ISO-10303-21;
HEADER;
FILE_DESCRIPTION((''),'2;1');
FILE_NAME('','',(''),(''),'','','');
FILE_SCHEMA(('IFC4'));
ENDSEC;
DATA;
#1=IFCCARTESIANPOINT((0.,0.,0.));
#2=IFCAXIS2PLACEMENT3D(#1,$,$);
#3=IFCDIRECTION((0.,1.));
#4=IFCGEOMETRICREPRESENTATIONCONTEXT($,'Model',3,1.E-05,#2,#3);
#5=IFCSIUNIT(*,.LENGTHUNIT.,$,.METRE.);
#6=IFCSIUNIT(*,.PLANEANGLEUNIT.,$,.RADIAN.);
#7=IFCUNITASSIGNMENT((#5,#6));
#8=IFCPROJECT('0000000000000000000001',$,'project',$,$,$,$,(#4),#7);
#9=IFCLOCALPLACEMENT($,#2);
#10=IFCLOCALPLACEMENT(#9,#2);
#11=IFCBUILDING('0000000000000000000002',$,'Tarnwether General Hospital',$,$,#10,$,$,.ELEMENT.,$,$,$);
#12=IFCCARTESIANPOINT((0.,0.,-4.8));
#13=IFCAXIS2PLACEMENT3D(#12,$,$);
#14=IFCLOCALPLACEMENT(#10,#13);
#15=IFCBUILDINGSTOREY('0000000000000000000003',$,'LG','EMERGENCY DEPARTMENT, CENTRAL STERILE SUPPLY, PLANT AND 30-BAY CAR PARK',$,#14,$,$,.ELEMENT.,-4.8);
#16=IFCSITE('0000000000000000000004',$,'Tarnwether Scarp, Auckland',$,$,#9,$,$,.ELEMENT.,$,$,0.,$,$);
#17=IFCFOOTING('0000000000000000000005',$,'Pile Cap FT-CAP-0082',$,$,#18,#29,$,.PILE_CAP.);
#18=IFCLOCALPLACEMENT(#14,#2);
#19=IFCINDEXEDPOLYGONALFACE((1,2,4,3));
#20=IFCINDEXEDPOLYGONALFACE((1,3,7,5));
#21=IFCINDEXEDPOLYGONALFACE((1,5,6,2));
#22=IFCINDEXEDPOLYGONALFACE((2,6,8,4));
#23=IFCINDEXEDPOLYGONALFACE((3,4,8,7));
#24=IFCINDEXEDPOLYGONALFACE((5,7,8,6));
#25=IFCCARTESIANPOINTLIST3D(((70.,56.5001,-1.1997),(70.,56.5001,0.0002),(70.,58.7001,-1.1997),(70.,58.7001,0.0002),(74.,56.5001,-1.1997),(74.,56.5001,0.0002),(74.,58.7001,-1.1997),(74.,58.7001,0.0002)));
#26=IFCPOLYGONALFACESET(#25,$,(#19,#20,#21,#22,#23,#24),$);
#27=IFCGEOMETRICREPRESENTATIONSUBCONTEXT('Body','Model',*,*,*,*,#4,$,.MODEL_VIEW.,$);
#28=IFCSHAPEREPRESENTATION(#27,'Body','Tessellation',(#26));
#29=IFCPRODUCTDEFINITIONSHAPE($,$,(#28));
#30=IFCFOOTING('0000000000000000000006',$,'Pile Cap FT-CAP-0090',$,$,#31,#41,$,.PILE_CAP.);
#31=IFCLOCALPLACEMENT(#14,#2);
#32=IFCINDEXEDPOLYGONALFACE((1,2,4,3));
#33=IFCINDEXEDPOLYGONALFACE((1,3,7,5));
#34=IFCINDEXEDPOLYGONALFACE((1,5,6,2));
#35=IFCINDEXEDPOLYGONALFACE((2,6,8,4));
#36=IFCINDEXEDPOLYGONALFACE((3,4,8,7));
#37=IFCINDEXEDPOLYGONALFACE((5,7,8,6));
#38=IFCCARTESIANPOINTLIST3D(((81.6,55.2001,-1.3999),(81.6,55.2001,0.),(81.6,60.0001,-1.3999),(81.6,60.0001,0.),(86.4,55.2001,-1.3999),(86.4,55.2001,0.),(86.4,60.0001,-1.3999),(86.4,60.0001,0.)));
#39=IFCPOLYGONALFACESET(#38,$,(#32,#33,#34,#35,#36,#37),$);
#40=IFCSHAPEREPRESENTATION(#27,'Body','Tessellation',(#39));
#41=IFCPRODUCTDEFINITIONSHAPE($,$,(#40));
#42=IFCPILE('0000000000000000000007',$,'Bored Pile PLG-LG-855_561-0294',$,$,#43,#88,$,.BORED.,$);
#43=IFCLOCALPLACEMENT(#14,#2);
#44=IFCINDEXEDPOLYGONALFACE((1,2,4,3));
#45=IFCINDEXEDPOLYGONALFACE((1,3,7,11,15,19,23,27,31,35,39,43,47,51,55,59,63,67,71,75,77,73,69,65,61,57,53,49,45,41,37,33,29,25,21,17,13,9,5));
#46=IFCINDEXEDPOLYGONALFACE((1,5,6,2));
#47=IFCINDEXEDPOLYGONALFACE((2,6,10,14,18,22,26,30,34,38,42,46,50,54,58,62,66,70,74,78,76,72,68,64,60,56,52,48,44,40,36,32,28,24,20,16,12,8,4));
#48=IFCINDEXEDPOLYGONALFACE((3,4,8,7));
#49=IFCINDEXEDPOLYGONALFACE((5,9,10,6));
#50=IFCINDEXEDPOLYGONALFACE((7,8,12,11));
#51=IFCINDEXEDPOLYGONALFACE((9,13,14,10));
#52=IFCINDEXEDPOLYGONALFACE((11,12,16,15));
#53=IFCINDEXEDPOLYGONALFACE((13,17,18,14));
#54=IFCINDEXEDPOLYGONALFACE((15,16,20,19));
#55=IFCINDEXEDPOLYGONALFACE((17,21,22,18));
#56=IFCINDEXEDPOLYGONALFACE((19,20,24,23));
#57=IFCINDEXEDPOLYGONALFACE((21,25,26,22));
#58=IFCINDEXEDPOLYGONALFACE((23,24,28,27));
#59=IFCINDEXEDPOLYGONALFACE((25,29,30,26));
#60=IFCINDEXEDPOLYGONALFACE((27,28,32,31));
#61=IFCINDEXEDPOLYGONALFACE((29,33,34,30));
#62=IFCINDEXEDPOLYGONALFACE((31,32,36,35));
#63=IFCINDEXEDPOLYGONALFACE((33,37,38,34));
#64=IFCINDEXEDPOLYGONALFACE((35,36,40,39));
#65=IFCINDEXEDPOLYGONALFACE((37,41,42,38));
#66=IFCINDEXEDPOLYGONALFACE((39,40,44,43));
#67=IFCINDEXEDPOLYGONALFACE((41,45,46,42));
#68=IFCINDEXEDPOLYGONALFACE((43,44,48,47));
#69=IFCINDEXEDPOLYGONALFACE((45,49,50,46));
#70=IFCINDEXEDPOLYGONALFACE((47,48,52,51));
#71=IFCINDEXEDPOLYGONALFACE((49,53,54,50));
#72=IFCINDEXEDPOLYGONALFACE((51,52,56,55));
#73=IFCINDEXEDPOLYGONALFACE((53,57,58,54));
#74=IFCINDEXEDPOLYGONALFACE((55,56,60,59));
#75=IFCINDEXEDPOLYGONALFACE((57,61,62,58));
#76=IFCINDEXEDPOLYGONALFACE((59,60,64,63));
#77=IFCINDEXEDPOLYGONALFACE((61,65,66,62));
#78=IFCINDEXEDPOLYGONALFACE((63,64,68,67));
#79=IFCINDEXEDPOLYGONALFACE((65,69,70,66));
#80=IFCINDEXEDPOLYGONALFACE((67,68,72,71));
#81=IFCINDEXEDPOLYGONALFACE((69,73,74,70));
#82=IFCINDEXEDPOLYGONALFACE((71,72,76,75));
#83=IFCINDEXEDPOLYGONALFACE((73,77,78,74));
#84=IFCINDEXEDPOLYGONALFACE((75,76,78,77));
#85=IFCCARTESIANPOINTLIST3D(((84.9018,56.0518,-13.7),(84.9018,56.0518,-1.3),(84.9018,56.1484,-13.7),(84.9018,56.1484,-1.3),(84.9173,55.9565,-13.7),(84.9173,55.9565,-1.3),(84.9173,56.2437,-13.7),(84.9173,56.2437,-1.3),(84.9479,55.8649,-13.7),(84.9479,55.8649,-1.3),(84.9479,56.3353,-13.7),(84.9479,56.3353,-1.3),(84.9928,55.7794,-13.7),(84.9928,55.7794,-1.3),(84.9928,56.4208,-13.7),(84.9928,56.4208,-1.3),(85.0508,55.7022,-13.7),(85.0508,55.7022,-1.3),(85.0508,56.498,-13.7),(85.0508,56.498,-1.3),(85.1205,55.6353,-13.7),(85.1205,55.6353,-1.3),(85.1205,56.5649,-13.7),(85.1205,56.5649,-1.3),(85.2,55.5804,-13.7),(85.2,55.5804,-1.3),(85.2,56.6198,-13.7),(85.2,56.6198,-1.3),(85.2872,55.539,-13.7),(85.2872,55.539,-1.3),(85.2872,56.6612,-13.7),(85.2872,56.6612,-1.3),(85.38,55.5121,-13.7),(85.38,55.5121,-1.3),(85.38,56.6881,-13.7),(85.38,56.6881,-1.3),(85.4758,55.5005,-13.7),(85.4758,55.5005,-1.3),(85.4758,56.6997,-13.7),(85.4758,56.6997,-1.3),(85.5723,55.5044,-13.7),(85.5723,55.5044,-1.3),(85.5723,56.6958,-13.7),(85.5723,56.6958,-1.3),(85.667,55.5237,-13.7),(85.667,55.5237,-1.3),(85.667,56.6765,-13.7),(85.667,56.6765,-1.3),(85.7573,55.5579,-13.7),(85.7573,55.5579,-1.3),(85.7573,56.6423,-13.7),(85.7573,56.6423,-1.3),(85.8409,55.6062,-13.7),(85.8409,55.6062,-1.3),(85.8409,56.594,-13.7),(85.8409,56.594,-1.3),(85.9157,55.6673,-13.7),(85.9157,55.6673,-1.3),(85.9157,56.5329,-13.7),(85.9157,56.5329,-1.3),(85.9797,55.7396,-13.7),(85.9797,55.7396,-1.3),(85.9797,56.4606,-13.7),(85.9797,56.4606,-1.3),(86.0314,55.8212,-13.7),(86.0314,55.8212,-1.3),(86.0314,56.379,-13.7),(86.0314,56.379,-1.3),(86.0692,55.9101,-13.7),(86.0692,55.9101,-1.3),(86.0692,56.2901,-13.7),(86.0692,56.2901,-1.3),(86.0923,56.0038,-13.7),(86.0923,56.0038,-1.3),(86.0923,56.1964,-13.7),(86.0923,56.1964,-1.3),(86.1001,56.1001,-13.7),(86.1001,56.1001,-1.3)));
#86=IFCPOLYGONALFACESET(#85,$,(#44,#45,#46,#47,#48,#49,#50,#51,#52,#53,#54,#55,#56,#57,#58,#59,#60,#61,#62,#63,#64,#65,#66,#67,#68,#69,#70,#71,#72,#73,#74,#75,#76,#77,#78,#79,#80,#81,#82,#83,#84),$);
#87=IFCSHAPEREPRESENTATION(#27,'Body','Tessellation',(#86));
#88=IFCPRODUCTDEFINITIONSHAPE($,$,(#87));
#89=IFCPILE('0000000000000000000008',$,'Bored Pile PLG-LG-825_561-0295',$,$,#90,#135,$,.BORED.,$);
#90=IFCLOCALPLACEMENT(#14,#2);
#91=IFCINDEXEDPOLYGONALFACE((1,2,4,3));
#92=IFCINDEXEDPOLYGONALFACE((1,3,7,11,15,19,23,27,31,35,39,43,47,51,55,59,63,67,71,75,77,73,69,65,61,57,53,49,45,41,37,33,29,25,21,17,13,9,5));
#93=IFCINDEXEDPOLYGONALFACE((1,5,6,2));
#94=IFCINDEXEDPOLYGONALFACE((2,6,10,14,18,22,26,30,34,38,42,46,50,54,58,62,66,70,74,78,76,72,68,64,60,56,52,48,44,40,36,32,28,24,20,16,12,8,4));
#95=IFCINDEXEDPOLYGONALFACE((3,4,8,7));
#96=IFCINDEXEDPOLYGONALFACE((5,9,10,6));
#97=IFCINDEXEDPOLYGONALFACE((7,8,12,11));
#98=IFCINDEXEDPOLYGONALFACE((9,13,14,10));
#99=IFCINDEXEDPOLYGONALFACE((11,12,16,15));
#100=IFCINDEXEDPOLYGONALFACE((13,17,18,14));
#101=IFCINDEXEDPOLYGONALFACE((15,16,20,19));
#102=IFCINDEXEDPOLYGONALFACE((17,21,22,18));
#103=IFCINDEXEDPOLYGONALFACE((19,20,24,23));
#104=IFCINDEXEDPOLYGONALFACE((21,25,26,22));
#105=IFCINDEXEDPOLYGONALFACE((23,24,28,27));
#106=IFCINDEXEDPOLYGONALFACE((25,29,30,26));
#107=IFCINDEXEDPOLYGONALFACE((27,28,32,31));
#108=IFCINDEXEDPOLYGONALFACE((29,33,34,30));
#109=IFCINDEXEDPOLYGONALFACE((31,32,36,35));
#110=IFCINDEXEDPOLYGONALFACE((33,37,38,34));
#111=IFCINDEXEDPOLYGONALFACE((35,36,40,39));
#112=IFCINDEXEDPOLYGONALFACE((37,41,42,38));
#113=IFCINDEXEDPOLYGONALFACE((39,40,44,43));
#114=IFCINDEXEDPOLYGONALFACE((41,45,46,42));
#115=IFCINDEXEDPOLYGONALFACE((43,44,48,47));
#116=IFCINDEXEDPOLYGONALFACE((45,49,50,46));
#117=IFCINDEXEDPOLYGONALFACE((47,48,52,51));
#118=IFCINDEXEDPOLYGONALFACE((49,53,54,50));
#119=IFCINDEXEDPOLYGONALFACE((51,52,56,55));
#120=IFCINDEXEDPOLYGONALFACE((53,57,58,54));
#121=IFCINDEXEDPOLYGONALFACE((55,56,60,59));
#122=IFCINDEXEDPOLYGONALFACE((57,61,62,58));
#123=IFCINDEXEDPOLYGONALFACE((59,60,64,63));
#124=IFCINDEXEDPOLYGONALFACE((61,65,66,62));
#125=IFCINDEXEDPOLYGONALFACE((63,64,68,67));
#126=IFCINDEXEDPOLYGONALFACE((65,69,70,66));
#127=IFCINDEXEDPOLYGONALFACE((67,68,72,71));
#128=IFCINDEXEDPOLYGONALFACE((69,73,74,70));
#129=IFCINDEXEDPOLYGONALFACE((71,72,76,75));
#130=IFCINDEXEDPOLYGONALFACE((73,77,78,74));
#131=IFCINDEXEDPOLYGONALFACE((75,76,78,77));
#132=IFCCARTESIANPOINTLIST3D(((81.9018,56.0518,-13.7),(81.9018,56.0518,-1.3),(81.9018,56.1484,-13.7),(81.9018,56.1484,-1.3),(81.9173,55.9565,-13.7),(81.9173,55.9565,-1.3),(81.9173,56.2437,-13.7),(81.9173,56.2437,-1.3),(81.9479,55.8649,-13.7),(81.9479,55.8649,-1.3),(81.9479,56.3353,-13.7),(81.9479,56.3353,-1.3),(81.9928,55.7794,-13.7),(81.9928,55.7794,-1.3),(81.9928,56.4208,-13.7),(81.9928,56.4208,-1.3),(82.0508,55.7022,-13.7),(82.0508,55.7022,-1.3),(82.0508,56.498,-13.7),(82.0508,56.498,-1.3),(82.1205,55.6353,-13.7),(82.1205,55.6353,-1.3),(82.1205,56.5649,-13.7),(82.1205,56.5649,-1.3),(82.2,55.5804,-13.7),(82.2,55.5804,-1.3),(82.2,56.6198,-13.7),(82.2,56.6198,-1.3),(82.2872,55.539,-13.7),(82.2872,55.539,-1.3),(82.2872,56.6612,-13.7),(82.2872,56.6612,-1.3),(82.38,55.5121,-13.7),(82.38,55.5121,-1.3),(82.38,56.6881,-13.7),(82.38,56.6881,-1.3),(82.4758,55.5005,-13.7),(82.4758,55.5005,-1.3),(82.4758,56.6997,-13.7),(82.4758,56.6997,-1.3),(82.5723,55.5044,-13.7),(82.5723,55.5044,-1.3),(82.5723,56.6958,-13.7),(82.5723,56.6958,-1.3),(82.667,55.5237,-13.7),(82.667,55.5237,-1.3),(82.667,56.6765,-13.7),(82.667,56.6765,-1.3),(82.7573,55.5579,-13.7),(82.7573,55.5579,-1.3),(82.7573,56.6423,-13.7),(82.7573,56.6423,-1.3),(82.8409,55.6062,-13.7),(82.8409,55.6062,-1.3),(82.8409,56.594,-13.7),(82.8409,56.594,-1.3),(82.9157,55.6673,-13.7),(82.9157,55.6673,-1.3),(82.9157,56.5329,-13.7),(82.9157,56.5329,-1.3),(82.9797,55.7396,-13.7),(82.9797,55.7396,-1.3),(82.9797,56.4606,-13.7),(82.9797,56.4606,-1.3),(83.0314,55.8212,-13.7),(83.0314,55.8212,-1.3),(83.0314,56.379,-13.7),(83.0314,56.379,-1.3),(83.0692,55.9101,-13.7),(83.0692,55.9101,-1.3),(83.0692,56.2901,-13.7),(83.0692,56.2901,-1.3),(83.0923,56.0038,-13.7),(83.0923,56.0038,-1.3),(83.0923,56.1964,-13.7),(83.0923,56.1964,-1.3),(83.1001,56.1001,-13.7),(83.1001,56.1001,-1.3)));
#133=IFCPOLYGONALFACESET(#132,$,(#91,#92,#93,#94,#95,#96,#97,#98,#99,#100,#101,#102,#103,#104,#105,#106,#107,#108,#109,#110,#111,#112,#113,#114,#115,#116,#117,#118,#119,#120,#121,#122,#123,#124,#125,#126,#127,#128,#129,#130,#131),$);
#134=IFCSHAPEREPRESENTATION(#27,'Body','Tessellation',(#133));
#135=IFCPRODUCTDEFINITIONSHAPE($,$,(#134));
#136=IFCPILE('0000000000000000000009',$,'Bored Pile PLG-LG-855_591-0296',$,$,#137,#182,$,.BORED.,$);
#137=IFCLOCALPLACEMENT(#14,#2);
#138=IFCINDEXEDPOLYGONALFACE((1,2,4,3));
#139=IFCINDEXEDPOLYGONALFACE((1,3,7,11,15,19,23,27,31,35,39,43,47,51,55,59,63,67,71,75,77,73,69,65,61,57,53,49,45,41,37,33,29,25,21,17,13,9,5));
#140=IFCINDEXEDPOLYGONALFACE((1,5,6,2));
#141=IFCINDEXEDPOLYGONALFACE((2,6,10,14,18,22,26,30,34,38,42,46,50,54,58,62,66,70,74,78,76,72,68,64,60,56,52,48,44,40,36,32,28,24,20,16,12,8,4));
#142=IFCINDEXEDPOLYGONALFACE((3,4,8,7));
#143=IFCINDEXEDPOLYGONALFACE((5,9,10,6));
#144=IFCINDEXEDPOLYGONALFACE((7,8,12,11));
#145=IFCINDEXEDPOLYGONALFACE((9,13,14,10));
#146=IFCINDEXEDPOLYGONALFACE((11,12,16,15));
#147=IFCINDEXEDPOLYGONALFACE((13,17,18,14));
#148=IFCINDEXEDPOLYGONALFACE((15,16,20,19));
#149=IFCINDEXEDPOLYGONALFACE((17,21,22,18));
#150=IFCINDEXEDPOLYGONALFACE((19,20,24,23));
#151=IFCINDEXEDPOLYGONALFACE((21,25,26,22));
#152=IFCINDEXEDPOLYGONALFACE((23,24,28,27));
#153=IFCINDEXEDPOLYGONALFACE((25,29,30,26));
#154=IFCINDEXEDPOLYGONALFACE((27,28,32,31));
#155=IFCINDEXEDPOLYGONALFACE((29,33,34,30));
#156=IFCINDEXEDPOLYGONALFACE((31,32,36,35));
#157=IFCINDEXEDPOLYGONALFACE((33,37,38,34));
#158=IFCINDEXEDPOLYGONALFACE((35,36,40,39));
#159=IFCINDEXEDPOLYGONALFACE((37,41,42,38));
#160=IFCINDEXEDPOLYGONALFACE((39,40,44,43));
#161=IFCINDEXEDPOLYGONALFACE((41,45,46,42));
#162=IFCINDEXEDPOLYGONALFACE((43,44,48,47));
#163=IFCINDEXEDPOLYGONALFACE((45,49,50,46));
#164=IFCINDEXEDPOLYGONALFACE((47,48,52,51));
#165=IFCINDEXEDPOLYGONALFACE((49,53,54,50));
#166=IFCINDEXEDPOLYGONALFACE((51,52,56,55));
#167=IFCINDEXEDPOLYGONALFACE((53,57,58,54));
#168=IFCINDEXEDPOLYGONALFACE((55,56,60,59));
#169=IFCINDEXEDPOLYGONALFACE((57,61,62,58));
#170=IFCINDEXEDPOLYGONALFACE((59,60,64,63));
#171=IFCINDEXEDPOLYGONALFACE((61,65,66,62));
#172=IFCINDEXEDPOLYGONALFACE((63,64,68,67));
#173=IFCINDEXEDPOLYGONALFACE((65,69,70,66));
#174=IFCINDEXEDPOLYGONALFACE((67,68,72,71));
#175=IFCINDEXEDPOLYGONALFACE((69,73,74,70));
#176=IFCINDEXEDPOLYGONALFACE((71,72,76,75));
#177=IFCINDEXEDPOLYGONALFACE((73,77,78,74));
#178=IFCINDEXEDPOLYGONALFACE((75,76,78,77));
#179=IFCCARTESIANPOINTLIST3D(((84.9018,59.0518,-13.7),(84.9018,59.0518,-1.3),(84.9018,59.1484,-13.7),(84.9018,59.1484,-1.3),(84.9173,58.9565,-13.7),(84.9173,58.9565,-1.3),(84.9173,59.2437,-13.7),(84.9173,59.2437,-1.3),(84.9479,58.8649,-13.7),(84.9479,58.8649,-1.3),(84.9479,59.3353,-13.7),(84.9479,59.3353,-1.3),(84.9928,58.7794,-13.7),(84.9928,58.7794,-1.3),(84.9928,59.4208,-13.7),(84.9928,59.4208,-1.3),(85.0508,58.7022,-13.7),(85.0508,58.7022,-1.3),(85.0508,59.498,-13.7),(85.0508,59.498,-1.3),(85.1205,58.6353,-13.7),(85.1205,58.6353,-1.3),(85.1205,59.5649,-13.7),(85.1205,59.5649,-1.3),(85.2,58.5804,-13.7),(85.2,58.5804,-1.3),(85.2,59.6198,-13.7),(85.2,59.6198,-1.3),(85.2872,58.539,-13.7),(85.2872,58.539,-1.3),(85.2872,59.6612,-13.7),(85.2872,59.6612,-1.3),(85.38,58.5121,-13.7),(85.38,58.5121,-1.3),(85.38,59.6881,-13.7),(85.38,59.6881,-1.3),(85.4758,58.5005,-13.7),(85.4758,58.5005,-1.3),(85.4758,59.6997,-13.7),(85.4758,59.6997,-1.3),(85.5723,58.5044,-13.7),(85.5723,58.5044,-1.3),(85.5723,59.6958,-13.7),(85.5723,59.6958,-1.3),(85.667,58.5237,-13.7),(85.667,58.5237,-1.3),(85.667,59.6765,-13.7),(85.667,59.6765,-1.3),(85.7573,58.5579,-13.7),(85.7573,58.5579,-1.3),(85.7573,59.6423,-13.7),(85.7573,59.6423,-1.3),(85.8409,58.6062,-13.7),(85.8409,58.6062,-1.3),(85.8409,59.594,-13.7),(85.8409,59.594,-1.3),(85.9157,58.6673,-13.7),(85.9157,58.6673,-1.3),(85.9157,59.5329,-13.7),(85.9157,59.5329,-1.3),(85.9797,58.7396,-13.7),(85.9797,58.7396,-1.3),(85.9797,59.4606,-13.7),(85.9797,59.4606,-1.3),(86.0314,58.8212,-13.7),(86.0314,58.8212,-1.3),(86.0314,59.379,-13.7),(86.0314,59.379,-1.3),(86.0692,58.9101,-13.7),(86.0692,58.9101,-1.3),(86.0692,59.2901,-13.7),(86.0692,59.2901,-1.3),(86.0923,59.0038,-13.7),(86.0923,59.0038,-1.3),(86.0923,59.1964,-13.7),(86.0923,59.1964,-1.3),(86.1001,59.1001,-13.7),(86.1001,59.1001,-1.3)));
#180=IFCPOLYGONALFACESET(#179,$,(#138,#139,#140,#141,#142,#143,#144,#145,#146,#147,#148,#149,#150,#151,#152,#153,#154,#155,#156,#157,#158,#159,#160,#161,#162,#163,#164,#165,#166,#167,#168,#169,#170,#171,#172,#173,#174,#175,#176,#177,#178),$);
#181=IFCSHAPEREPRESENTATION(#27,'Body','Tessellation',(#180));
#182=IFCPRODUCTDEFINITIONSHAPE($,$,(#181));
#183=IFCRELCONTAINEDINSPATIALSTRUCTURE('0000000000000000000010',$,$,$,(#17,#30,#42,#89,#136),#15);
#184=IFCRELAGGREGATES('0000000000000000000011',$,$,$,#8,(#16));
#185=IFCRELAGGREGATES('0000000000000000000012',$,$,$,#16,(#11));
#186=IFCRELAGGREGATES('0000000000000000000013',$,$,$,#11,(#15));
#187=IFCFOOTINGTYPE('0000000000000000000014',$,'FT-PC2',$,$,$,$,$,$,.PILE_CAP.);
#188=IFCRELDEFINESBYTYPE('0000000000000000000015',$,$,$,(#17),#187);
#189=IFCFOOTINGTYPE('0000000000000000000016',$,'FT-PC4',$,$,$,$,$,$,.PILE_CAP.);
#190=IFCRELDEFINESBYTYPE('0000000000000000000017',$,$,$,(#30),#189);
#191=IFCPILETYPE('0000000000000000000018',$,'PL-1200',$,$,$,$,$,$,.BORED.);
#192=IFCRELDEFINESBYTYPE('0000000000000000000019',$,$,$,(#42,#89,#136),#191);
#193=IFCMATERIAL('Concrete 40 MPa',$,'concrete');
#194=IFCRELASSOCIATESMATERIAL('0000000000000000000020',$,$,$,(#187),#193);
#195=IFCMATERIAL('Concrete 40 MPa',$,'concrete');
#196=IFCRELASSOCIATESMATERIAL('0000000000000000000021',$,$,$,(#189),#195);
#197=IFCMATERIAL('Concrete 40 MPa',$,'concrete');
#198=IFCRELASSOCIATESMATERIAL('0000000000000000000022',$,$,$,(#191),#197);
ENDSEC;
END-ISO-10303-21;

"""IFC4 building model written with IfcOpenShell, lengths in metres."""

from ifc_helpers import new_model, si_unit, direction, frame, origin, origin_2d, place, context, subcontext, project, spatial, rectangle, circle, extrude, material, material_profile, profile_set, type_object, element, save


model = new_model("IFC4")

# Units and contexts
model_context = context("Model", 3, precision=1e-05, world=origin(), true_north=direction((0.0, 1.0)))
body_context = subcontext(model_context, "Body", "Model", "MODEL_VIEW")
ifc_project = project(units=[si_unit("LENGTHUNIT", "METRE"), si_unit("PLANEANGLEUNIT", "RADIAN")], contexts=[model_context])

# Site, building, storey
site_placement = place(None, origin())
site = spatial("IfcSite", under=ifc_project, at=site_placement, Name="Tarnwether Scarp, Auckland", CompositionType="ELEMENT", RefElevation=0.0)
building_placement = place(site_placement, origin())
building = spatial("IfcBuilding", under=site, at=building_placement, Name="Tarnwether General Hospital", CompositionType="ELEMENT")
storey_placement = place(building_placement, frame((0.0, 0.0, -4.8)))
storey = spatial("IfcBuildingStorey", under=building, at=storey_placement, Name="LG", Description="EMERGENCY DEPARTMENT, CENTRAL STERILE SUPPLY, PLANT AND 30-BAY CAR PARK", CompositionType="ELEMENT", Elevation=-4.8)

# Footings
ifc_material_1 = material(Name="Concrete 40 MPa", Category="concrete")
footing_type_1 = type_object("IfcFootingType", Name="FT-PC2", PredefinedType="PILE_CAP", material=ifc_material_1)
footing_1_placement = place(storey_placement, frame((72.0, 57.6001, -1.1997), z_axis=(0.0, 0.0, 1.0), x_axis=(1.0, 0.0, 0.0)))
element("IfcFooting", 1, at=footing_1_placement, inside=storey, type_object=footing_type_1, Name="Pile Cap FT-CAP-0082", PredefinedType="PILE_CAP", context=body_context, shape_type="SweptSolid", body=[
    extrude(rectangle(XDim=4.0, YDim=2.2, at=origin_2d()), origin(), (0.0, 0.0, 1.0), 1.2),
])
ifc_material_2 = material(Name="Concrete 40 MPa", Category="concrete")
footing_type_2 = type_object("IfcFootingType", Name="FT-PC4", PredefinedType="PILE_CAP", material=ifc_material_2)
footing_2_placement = place(storey_placement, frame((84.0, 57.6001, -1.3999), z_axis=(0.0, 0.0, 1.0), x_axis=(0.0, 1.0, 0.0)))
element("IfcFooting", 2, at=footing_2_placement, inside=storey, type_object=footing_type_2, Name="Pile Cap FT-CAP-0090", PredefinedType="PILE_CAP", context=body_context, shape_type="SweptSolid", body=[
    extrude(rectangle(XDim=4.8, YDim=4.8, at=origin_2d()), origin(), (0.0, 0.0, 1.0), 1.3999),
])

# Piles
ifc_material_3 = material(Name="Concrete 40 MPa", Category="concrete")
ifc_material_profile_1 = material_profile(ifc_material_3, circle(Radius=0.6001, at=origin_2d()), Name="PILE-D1200")
ifc_profile_set_1 = profile_set([ifc_material_profile_1], Name="Concrete 40 MPa")
pile_type_1 = type_object("IfcPileType", Name="PL-1200", PredefinedType="BORED", material=ifc_profile_set_1)
for number, where, z_axis, x_axis, name in (
    (3, (85.5, 56.1001, -1.3), (0.0, 0.0, -1.0), (1.0, 0.0, 0.0), "Bored Pile PLG-LG-855_561-0294"),
    (4, (82.5, 56.1001, -1.3), (0.0, 0.0, -1.0), (1.0, 0.0, 0.0), "Bored Pile PLG-LG-825_561-0295"),
    (5, (85.5, 59.1001, -1.3), (0.0, 0.0, -1.0), (1.0, 0.0, 0.0), "Bored Pile PLG-LG-855_591-0296"),
):
    element("IfcPile", number, at=place(storey_placement, frame(where, z_axis=z_axis, x_axis=x_axis)), inside=storey, type_object=pile_type_1, Name=name, PredefinedType="BORED", context=body_context, shape_type="SweptSolid", body=[
        extrude(circle(Radius=0.6001, at=origin_2d()), origin(), (0.0, 0.0, 1.0), 12.3999),
    ])

save(model, "model.ifc")
